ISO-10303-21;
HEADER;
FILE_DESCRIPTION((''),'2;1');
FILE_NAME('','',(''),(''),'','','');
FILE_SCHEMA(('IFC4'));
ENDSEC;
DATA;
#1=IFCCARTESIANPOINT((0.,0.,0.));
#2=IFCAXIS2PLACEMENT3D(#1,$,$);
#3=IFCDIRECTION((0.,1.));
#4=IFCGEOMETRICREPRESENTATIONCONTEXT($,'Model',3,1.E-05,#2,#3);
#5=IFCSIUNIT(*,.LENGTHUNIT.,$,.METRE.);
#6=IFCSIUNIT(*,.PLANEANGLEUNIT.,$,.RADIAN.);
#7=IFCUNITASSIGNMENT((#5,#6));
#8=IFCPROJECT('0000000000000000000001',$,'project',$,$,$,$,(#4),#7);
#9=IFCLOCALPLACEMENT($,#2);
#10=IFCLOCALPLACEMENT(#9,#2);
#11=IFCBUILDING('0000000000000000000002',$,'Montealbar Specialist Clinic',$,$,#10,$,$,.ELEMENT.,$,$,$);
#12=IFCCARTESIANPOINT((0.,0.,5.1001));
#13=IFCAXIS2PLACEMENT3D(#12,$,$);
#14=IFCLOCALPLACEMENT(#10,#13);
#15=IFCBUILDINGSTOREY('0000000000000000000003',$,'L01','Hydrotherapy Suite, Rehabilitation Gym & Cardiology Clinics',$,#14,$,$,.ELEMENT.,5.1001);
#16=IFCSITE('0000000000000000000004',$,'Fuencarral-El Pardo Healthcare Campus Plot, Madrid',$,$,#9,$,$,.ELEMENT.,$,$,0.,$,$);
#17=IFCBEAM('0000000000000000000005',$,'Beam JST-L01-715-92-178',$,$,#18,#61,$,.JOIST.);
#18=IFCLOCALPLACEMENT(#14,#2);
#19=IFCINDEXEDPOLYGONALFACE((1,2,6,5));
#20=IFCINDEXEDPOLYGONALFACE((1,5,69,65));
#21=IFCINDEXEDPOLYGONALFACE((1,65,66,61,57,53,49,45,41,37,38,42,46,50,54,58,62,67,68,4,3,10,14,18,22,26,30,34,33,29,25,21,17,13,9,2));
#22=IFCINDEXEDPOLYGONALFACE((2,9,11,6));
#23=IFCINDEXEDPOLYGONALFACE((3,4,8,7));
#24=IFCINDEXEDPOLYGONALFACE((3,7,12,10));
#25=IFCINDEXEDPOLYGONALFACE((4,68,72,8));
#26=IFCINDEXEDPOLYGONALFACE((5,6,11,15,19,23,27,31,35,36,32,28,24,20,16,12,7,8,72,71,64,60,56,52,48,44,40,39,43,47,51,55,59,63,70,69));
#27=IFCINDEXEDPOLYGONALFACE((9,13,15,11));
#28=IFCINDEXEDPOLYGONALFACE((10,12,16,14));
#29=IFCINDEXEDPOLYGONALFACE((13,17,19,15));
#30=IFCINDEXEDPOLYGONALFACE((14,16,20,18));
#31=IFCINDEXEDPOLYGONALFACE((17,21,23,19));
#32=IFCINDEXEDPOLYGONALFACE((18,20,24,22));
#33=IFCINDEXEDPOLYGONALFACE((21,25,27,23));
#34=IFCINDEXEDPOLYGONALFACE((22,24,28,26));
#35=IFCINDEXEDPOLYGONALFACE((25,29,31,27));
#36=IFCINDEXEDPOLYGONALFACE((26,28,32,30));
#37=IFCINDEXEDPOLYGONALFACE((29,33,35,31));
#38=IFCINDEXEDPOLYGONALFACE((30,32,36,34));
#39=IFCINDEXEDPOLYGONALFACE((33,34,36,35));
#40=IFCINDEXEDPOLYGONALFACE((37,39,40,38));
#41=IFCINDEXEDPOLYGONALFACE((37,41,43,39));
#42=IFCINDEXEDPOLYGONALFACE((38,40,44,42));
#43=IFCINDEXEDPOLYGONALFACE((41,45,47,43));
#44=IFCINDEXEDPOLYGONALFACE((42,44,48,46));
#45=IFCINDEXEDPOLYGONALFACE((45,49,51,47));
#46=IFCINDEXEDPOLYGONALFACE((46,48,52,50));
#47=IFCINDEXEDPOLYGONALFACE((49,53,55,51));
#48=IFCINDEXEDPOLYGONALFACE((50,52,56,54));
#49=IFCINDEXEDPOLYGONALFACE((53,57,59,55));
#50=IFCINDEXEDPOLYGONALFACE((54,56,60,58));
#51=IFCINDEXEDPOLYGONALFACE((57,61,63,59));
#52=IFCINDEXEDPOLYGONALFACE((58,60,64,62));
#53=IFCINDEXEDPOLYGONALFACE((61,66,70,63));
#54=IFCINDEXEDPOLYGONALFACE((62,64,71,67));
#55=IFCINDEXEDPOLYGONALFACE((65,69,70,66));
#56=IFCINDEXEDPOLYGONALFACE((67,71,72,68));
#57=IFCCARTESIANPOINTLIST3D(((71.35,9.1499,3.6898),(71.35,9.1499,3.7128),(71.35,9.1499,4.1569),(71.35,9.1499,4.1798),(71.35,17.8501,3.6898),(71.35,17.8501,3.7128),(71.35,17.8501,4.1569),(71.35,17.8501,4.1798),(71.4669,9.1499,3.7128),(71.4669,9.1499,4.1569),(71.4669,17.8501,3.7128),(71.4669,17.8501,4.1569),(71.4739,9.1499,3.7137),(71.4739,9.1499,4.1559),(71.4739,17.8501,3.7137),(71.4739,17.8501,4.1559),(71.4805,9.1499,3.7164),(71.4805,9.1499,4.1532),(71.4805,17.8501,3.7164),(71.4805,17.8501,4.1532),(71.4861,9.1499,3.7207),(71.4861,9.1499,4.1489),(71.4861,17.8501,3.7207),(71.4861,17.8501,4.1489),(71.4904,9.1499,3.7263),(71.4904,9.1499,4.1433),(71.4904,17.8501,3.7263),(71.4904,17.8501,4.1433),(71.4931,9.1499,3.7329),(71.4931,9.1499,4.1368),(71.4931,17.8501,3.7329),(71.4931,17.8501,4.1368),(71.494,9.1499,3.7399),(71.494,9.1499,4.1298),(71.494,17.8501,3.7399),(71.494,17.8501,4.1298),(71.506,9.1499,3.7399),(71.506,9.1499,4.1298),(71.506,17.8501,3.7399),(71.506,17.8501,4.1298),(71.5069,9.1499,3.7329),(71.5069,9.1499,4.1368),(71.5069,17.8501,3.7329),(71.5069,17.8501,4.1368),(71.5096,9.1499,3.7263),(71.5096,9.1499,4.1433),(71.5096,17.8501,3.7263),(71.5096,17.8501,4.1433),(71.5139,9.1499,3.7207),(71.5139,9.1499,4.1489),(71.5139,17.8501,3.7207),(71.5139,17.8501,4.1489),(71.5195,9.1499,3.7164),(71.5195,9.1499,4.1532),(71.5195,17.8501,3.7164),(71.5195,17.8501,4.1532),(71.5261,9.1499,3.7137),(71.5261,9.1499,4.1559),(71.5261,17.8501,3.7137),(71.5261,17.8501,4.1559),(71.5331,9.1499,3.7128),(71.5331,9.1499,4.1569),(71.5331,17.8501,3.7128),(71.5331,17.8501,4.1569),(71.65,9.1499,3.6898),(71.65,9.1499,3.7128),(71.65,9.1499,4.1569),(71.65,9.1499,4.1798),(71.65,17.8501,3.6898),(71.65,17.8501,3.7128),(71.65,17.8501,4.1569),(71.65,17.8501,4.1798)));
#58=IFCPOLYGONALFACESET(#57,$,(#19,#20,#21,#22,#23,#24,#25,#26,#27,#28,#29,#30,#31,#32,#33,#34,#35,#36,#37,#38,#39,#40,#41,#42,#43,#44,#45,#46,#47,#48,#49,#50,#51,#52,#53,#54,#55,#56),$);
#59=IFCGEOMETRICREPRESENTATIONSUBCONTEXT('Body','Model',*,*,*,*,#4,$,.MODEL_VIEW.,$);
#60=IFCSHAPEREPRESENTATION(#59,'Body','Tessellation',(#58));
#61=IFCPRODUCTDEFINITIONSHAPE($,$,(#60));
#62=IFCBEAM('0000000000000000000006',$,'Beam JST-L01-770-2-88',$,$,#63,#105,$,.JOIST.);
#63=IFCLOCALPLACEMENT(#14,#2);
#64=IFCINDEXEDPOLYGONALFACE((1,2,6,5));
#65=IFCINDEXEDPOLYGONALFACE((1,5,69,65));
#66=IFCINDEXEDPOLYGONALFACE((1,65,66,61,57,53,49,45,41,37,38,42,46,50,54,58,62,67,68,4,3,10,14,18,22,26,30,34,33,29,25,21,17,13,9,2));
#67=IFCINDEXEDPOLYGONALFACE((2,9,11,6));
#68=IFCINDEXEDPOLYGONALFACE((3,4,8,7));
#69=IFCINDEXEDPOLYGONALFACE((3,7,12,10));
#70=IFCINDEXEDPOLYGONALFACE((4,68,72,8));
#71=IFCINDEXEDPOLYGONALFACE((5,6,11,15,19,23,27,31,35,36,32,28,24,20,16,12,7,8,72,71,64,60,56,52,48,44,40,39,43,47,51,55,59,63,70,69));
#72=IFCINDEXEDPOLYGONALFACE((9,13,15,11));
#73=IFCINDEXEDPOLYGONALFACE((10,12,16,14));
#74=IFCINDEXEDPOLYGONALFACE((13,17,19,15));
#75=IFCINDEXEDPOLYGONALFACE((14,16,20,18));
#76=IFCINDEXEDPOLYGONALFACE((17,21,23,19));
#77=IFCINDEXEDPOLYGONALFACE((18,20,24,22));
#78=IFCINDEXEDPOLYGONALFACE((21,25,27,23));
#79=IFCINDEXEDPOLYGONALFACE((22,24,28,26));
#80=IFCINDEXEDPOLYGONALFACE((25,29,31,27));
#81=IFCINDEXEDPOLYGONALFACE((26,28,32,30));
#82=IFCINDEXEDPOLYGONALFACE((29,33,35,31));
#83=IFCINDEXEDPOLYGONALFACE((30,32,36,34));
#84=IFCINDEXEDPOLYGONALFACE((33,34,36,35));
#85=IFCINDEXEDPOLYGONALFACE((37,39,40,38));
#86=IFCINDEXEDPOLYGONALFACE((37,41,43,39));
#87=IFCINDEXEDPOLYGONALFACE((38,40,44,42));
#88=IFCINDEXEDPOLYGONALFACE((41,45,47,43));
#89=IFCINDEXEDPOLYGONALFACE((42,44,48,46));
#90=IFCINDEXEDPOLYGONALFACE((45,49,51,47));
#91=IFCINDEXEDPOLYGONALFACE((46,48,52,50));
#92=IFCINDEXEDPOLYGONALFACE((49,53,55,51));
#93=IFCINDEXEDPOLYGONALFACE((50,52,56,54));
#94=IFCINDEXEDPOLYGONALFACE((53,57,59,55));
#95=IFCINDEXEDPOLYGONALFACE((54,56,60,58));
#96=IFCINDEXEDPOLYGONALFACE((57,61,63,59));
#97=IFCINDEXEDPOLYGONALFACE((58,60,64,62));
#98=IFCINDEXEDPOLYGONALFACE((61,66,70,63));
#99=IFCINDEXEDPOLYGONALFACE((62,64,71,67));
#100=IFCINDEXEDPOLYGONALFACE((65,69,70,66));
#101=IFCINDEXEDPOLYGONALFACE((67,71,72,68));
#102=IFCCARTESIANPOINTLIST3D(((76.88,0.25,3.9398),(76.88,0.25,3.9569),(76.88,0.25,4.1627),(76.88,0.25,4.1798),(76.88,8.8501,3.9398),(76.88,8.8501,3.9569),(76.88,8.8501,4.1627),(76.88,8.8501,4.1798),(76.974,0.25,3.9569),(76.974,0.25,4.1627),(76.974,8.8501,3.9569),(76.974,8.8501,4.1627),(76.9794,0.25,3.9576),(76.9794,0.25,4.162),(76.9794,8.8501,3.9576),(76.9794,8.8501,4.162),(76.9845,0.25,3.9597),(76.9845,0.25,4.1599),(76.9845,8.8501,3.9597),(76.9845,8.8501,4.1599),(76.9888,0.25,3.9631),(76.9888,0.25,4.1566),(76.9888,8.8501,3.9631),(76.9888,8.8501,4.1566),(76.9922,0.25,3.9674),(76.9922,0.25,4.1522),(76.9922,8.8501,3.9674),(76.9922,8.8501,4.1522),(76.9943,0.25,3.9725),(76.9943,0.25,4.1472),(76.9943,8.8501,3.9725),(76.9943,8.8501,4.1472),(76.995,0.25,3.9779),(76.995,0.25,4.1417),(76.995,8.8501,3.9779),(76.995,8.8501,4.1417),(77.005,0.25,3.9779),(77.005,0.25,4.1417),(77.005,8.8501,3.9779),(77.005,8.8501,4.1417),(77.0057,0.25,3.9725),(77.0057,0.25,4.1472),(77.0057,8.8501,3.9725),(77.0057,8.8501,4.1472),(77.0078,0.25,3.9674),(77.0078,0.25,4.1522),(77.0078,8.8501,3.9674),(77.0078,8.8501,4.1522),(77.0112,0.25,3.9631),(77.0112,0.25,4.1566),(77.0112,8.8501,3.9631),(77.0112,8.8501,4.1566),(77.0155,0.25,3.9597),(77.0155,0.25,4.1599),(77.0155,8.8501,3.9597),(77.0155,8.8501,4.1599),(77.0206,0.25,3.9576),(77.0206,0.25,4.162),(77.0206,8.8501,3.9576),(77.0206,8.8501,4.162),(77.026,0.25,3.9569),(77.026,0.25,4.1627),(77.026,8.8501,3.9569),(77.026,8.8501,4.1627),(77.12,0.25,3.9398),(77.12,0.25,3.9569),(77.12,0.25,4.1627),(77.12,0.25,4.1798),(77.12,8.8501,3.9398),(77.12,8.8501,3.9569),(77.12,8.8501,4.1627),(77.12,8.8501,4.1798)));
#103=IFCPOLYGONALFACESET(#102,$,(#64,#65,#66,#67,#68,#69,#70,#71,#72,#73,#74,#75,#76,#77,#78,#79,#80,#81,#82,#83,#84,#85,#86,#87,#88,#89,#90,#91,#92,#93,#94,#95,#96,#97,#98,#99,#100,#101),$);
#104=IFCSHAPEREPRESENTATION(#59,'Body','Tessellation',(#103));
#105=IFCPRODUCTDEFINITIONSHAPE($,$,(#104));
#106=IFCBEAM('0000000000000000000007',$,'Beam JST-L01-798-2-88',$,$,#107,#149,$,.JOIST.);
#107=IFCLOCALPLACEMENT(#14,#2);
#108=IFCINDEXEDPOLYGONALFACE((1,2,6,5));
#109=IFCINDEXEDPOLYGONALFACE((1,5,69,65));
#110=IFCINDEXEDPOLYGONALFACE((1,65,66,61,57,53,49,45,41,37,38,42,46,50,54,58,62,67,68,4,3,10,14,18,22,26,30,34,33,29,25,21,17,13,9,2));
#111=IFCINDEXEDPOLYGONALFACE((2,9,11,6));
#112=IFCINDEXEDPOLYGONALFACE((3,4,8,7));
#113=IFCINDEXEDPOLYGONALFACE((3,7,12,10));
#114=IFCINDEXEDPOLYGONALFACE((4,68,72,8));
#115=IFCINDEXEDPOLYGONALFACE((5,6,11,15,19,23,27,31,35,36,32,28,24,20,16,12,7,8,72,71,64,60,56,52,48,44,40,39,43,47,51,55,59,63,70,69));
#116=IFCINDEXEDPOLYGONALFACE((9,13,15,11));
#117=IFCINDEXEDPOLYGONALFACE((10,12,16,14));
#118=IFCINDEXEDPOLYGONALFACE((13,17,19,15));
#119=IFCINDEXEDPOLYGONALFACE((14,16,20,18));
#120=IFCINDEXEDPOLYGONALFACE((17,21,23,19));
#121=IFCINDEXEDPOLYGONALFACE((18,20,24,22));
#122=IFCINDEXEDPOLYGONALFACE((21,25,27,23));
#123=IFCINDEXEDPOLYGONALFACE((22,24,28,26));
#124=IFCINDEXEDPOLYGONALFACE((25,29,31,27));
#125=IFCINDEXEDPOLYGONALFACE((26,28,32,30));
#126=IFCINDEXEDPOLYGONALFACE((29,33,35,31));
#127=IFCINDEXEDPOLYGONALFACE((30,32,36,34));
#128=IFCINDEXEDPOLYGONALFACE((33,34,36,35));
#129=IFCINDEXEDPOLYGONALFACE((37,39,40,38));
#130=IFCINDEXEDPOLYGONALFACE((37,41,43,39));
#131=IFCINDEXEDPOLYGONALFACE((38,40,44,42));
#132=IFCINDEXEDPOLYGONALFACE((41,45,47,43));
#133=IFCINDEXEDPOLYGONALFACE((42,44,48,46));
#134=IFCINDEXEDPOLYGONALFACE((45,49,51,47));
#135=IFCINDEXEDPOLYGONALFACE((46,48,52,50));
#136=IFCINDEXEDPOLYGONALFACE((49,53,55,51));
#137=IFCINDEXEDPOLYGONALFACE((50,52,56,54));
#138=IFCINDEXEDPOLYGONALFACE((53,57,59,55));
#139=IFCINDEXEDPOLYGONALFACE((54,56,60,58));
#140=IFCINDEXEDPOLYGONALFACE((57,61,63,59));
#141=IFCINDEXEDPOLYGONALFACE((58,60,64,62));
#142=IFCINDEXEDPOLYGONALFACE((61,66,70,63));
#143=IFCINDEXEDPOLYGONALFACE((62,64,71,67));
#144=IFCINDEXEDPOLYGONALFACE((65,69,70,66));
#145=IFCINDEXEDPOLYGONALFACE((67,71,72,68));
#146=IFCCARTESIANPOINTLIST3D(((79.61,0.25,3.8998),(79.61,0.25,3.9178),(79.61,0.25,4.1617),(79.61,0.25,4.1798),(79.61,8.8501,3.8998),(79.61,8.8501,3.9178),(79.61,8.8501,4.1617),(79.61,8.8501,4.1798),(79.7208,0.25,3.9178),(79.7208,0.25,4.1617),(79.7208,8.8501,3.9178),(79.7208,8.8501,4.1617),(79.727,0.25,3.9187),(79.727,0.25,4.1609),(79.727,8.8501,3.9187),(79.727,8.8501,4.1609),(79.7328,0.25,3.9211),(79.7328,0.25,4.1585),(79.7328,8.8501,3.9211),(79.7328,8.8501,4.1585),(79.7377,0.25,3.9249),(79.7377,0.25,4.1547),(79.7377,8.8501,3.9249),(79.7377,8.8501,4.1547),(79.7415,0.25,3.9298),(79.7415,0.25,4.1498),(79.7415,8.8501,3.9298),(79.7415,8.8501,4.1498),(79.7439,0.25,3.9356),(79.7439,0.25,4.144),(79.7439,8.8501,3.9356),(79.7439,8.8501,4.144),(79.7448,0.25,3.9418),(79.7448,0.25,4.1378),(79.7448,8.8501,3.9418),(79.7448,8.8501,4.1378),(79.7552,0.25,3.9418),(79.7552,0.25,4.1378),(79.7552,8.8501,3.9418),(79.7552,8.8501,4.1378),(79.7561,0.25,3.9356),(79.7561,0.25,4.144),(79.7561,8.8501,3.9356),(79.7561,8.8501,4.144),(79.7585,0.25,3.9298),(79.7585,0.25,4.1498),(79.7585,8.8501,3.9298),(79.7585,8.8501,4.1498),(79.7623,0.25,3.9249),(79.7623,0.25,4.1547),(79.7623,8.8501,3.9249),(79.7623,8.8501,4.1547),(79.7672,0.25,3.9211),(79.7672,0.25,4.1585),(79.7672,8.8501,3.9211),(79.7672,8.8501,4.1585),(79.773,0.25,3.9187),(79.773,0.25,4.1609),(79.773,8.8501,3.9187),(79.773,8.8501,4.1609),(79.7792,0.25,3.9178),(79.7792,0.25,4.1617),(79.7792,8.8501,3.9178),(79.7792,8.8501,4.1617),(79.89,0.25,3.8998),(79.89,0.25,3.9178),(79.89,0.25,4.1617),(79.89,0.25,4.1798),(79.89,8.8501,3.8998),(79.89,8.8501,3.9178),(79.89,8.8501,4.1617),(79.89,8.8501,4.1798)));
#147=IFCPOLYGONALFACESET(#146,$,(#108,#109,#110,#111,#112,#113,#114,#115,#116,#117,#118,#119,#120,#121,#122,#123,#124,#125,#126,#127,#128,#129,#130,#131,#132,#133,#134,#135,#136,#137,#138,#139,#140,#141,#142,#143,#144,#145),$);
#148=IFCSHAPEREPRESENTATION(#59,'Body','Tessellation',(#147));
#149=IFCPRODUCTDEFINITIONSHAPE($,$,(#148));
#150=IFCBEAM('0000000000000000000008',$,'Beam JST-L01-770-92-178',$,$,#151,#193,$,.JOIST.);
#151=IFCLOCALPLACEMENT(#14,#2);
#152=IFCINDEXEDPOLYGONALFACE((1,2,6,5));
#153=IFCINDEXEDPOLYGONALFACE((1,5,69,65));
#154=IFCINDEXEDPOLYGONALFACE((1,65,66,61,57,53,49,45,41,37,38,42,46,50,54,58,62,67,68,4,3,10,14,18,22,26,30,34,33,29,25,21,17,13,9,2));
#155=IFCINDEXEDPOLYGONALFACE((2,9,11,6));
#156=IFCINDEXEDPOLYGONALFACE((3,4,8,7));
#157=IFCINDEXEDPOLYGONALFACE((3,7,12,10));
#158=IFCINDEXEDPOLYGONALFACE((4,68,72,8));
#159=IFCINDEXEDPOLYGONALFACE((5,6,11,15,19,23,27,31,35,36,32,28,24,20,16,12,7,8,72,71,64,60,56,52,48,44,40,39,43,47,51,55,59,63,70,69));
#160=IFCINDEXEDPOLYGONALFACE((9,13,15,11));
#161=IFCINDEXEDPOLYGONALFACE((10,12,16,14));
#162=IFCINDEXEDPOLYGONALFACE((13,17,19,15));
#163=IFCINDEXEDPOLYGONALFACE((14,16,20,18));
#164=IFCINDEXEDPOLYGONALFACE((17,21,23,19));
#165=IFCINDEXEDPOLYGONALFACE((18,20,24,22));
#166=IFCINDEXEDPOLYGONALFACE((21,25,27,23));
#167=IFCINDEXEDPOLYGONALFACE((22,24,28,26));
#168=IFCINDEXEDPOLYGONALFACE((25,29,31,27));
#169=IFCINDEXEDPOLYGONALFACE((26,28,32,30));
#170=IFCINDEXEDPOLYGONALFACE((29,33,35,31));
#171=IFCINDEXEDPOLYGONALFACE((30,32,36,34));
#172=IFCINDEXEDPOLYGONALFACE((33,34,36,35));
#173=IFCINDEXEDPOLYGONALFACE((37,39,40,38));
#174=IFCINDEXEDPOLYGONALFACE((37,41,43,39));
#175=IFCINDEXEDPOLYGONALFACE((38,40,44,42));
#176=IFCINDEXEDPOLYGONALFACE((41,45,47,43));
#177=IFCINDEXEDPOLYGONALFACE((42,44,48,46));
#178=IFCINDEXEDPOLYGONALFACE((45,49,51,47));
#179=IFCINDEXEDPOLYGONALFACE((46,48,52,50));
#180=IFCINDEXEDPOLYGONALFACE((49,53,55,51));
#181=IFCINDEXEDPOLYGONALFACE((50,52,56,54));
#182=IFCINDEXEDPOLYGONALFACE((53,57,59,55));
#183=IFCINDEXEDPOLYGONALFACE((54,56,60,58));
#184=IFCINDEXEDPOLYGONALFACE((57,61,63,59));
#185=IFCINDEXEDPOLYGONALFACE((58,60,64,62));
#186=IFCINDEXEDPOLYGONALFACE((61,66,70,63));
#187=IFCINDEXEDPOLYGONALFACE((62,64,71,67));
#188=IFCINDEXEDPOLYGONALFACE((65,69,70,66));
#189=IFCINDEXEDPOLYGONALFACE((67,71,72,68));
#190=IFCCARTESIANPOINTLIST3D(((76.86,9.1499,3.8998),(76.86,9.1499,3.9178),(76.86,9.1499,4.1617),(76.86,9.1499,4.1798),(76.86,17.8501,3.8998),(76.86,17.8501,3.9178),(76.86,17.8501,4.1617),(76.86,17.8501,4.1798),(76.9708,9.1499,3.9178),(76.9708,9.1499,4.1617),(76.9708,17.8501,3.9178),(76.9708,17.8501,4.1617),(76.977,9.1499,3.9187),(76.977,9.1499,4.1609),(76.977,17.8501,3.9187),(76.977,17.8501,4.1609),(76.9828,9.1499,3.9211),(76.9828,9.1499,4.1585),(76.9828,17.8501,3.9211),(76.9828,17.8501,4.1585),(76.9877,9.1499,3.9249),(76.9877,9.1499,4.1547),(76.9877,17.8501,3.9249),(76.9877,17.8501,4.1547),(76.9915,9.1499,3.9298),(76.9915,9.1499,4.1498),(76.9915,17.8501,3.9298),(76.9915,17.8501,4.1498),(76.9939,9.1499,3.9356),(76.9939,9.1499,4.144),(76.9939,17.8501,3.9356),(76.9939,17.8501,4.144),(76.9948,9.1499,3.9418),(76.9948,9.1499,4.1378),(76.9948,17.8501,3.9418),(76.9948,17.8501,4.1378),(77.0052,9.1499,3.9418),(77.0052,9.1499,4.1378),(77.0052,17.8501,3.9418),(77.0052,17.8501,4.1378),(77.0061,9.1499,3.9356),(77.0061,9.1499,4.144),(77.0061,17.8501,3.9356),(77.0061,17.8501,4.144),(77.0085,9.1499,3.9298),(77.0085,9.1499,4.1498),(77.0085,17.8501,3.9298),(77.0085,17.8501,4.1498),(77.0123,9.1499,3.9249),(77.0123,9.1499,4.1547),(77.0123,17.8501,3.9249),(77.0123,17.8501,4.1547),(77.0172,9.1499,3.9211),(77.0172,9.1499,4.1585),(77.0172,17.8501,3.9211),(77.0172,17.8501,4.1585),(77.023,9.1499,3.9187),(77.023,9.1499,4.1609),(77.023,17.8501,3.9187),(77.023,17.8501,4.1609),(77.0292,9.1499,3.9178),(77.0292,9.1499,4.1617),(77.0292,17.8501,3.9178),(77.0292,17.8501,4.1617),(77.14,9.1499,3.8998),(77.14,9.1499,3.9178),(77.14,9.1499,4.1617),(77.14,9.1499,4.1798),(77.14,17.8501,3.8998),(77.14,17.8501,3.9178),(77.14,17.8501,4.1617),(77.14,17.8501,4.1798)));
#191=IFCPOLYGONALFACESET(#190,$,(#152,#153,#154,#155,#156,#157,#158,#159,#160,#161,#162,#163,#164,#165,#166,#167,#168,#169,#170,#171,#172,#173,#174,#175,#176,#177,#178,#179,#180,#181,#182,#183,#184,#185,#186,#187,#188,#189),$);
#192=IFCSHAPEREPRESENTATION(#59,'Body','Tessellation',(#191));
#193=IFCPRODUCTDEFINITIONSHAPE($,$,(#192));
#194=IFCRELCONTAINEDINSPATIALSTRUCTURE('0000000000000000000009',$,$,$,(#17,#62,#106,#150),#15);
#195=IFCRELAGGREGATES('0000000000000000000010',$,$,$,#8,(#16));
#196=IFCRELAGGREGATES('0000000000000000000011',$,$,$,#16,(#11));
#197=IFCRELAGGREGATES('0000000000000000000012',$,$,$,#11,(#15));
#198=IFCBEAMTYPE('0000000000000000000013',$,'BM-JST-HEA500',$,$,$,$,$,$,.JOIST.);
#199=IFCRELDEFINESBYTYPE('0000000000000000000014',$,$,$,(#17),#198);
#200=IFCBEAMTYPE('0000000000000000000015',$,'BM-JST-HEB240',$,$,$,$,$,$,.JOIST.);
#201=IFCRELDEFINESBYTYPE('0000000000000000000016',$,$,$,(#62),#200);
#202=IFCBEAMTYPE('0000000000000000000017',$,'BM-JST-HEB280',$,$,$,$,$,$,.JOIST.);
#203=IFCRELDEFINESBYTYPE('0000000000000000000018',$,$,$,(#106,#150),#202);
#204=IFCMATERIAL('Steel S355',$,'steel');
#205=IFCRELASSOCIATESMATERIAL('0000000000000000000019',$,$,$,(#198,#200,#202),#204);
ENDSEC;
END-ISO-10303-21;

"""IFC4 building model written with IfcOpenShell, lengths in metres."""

from ifc_helpers import new_model, si_unit, direction, frame, origin, origin_2d, place, context, subcontext, project, spatial, i_section, extrude, material, material_profile, profile_set, type_object, element, save


model = new_model("IFC4")

# Units and contexts
model_context = context("Model", 3, precision=1e-05, world=origin(), true_north=direction((0.0, 1.0)))
body_context = subcontext(model_context, "Body", "Model", "MODEL_VIEW")
ifc_project = project(units=[si_unit("LENGTHUNIT", "METRE"), si_unit("PLANEANGLEUNIT", "RADIAN")], contexts=[model_context])

# Site, building, storey
site_placement = place(None, origin())
site = spatial("IfcSite", under=ifc_project, at=site_placement, Name="Fuencarral-El Pardo Healthcare Campus Plot, Madrid", CompositionType="ELEMENT", RefElevation=0.0)
building_placement = place(site_placement, origin())
building = spatial("IfcBuilding", under=site, at=building_placement, Name="Montealbar Specialist Clinic", CompositionType="ELEMENT")
storey_placement = place(building_placement, frame((0.0, 0.0, 5.1001)))
storey = spatial("IfcBuildingStorey", under=building, at=storey_placement, Name="L01", Description="Hydrotherapy Suite, Rehabilitation Gym & Cardiology Clinics", CompositionType="ELEMENT", Elevation=5.1001)

# Shared definitions
ifc_material_1 = material(Name="Steel S355", Category="steel")

# Beams
ifc_material_profile_1 = material_profile(ifc_material_1, i_section(OverallWidth=0.3, OverallDepth=0.49, WebThickness=0.012, FlangeThickness=0.0229, FilletRadius=0.0271, at=origin_2d()), Name="HEA 500", Category="steel")
ifc_profile_set_1 = profile_set([ifc_material_profile_1], Name="Steel S355")
beam_type_1 = type_object("IfcBeamType", Name="BM-JST-HEA500", PredefinedType="JOIST", material=ifc_profile_set_1)
beam_1_placement = place(storey_placement, frame((71.5, 9.1499, 3.9348), z_axis=(0.0, 1.0, 0.0), x_axis=(-1.0, 0.0, 0.0)))
element("IfcBeam", 1, at=beam_1_placement, inside=storey, type_object=beam_type_1, Name="Beam JST-L01-715-92-178", PredefinedType="JOIST", context=body_context, shape_type="SweptSolid", body=[
    extrude(i_section(OverallWidth=0.3, OverallDepth=0.49, WebThickness=0.012, FlangeThickness=0.0229, FilletRadius=0.0271, at=origin_2d()), origin(), (0.0, 0.0, 1.0), 8.7002),
])
ifc_material_profile_2 = material_profile(ifc_material_1, i_section(OverallWidth=0.24, OverallDepth=0.24, WebThickness=0.01, FlangeThickness=0.0171, FilletRadius=0.021, at=origin_2d()), Name="HEB 240", Category="steel")
ifc_profile_set_2 = profile_set([ifc_material_profile_2], Name="Steel S355")
beam_type_2 = type_object("IfcBeamType", Name="BM-JST-HEB240", PredefinedType="JOIST", material=ifc_profile_set_2)
beam_2_placement = place(storey_placement, frame((77.0, 0.25, 4.0598), z_axis=(0.0, 1.0, 0.0), x_axis=(-1.0, 0.0, 0.0)))
element("IfcBeam", 2, at=beam_2_placement, inside=storey, type_object=beam_type_2, Name="Beam JST-L01-770-2-88", PredefinedType="JOIST", context=body_context, shape_type="SweptSolid", body=[
    extrude(i_section(OverallWidth=0.24, OverallDepth=0.24, WebThickness=0.01, FlangeThickness=0.0171, FilletRadius=0.021, at=origin_2d()), origin(), (0.0, 0.0, 1.0), 8.6001),
])
ifc_material_profile_3 = material_profile(ifc_material_1, i_section(OverallWidth=0.28, OverallDepth=0.28, WebThickness=0.0105, FlangeThickness=0.0181, FilletRadius=0.0239, at=origin_2d()), Name="HEB 280", Category="steel")
ifc_profile_set_3 = profile_set([ifc_material_profile_3], Name="Steel S355")
beam_type_3 = type_object("IfcBeamType", Name="BM-JST-HEB280", PredefinedType="JOIST", material=ifc_profile_set_3)
beam_3_placement = place(storey_placement, frame((79.75, 0.25, 4.0398), z_axis=(0.0, 1.0, 0.0), x_axis=(-1.0, 0.0, 0.0)))
element("IfcBeam", 3, at=beam_3_placement, inside=storey, type_object=beam_type_3, Name="Beam JST-L01-798-2-88", PredefinedType="JOIST", context=body_context, shape_type="SweptSolid", body=[
    extrude(i_section(OverallWidth=0.28, OverallDepth=0.28, WebThickness=0.0105, FlangeThickness=0.0181, FilletRadius=0.0239, at=origin_2d()), origin(), (0.0, 0.0, 1.0), 8.6001),
])
beam_4_placement = place(storey_placement, frame((77.0, 9.1499, 4.0398), z_axis=(0.0, 1.0, 0.0), x_axis=(-1.0, 0.0, 0.0)))
element("IfcBeam", 4, at=beam_4_placement, inside=storey, type_object=beam_type_3, Name="Beam JST-L01-770-92-178", PredefinedType="JOIST", context=body_context, shape_type="SweptSolid", body=[
    extrude(i_section(OverallWidth=0.28, OverallDepth=0.28, WebThickness=0.0105, FlangeThickness=0.0181, FilletRadius=0.0239, at=origin_2d()), origin(), (0.0, 0.0, 1.0), 8.7002),
])

save(model, "model.ifc")
